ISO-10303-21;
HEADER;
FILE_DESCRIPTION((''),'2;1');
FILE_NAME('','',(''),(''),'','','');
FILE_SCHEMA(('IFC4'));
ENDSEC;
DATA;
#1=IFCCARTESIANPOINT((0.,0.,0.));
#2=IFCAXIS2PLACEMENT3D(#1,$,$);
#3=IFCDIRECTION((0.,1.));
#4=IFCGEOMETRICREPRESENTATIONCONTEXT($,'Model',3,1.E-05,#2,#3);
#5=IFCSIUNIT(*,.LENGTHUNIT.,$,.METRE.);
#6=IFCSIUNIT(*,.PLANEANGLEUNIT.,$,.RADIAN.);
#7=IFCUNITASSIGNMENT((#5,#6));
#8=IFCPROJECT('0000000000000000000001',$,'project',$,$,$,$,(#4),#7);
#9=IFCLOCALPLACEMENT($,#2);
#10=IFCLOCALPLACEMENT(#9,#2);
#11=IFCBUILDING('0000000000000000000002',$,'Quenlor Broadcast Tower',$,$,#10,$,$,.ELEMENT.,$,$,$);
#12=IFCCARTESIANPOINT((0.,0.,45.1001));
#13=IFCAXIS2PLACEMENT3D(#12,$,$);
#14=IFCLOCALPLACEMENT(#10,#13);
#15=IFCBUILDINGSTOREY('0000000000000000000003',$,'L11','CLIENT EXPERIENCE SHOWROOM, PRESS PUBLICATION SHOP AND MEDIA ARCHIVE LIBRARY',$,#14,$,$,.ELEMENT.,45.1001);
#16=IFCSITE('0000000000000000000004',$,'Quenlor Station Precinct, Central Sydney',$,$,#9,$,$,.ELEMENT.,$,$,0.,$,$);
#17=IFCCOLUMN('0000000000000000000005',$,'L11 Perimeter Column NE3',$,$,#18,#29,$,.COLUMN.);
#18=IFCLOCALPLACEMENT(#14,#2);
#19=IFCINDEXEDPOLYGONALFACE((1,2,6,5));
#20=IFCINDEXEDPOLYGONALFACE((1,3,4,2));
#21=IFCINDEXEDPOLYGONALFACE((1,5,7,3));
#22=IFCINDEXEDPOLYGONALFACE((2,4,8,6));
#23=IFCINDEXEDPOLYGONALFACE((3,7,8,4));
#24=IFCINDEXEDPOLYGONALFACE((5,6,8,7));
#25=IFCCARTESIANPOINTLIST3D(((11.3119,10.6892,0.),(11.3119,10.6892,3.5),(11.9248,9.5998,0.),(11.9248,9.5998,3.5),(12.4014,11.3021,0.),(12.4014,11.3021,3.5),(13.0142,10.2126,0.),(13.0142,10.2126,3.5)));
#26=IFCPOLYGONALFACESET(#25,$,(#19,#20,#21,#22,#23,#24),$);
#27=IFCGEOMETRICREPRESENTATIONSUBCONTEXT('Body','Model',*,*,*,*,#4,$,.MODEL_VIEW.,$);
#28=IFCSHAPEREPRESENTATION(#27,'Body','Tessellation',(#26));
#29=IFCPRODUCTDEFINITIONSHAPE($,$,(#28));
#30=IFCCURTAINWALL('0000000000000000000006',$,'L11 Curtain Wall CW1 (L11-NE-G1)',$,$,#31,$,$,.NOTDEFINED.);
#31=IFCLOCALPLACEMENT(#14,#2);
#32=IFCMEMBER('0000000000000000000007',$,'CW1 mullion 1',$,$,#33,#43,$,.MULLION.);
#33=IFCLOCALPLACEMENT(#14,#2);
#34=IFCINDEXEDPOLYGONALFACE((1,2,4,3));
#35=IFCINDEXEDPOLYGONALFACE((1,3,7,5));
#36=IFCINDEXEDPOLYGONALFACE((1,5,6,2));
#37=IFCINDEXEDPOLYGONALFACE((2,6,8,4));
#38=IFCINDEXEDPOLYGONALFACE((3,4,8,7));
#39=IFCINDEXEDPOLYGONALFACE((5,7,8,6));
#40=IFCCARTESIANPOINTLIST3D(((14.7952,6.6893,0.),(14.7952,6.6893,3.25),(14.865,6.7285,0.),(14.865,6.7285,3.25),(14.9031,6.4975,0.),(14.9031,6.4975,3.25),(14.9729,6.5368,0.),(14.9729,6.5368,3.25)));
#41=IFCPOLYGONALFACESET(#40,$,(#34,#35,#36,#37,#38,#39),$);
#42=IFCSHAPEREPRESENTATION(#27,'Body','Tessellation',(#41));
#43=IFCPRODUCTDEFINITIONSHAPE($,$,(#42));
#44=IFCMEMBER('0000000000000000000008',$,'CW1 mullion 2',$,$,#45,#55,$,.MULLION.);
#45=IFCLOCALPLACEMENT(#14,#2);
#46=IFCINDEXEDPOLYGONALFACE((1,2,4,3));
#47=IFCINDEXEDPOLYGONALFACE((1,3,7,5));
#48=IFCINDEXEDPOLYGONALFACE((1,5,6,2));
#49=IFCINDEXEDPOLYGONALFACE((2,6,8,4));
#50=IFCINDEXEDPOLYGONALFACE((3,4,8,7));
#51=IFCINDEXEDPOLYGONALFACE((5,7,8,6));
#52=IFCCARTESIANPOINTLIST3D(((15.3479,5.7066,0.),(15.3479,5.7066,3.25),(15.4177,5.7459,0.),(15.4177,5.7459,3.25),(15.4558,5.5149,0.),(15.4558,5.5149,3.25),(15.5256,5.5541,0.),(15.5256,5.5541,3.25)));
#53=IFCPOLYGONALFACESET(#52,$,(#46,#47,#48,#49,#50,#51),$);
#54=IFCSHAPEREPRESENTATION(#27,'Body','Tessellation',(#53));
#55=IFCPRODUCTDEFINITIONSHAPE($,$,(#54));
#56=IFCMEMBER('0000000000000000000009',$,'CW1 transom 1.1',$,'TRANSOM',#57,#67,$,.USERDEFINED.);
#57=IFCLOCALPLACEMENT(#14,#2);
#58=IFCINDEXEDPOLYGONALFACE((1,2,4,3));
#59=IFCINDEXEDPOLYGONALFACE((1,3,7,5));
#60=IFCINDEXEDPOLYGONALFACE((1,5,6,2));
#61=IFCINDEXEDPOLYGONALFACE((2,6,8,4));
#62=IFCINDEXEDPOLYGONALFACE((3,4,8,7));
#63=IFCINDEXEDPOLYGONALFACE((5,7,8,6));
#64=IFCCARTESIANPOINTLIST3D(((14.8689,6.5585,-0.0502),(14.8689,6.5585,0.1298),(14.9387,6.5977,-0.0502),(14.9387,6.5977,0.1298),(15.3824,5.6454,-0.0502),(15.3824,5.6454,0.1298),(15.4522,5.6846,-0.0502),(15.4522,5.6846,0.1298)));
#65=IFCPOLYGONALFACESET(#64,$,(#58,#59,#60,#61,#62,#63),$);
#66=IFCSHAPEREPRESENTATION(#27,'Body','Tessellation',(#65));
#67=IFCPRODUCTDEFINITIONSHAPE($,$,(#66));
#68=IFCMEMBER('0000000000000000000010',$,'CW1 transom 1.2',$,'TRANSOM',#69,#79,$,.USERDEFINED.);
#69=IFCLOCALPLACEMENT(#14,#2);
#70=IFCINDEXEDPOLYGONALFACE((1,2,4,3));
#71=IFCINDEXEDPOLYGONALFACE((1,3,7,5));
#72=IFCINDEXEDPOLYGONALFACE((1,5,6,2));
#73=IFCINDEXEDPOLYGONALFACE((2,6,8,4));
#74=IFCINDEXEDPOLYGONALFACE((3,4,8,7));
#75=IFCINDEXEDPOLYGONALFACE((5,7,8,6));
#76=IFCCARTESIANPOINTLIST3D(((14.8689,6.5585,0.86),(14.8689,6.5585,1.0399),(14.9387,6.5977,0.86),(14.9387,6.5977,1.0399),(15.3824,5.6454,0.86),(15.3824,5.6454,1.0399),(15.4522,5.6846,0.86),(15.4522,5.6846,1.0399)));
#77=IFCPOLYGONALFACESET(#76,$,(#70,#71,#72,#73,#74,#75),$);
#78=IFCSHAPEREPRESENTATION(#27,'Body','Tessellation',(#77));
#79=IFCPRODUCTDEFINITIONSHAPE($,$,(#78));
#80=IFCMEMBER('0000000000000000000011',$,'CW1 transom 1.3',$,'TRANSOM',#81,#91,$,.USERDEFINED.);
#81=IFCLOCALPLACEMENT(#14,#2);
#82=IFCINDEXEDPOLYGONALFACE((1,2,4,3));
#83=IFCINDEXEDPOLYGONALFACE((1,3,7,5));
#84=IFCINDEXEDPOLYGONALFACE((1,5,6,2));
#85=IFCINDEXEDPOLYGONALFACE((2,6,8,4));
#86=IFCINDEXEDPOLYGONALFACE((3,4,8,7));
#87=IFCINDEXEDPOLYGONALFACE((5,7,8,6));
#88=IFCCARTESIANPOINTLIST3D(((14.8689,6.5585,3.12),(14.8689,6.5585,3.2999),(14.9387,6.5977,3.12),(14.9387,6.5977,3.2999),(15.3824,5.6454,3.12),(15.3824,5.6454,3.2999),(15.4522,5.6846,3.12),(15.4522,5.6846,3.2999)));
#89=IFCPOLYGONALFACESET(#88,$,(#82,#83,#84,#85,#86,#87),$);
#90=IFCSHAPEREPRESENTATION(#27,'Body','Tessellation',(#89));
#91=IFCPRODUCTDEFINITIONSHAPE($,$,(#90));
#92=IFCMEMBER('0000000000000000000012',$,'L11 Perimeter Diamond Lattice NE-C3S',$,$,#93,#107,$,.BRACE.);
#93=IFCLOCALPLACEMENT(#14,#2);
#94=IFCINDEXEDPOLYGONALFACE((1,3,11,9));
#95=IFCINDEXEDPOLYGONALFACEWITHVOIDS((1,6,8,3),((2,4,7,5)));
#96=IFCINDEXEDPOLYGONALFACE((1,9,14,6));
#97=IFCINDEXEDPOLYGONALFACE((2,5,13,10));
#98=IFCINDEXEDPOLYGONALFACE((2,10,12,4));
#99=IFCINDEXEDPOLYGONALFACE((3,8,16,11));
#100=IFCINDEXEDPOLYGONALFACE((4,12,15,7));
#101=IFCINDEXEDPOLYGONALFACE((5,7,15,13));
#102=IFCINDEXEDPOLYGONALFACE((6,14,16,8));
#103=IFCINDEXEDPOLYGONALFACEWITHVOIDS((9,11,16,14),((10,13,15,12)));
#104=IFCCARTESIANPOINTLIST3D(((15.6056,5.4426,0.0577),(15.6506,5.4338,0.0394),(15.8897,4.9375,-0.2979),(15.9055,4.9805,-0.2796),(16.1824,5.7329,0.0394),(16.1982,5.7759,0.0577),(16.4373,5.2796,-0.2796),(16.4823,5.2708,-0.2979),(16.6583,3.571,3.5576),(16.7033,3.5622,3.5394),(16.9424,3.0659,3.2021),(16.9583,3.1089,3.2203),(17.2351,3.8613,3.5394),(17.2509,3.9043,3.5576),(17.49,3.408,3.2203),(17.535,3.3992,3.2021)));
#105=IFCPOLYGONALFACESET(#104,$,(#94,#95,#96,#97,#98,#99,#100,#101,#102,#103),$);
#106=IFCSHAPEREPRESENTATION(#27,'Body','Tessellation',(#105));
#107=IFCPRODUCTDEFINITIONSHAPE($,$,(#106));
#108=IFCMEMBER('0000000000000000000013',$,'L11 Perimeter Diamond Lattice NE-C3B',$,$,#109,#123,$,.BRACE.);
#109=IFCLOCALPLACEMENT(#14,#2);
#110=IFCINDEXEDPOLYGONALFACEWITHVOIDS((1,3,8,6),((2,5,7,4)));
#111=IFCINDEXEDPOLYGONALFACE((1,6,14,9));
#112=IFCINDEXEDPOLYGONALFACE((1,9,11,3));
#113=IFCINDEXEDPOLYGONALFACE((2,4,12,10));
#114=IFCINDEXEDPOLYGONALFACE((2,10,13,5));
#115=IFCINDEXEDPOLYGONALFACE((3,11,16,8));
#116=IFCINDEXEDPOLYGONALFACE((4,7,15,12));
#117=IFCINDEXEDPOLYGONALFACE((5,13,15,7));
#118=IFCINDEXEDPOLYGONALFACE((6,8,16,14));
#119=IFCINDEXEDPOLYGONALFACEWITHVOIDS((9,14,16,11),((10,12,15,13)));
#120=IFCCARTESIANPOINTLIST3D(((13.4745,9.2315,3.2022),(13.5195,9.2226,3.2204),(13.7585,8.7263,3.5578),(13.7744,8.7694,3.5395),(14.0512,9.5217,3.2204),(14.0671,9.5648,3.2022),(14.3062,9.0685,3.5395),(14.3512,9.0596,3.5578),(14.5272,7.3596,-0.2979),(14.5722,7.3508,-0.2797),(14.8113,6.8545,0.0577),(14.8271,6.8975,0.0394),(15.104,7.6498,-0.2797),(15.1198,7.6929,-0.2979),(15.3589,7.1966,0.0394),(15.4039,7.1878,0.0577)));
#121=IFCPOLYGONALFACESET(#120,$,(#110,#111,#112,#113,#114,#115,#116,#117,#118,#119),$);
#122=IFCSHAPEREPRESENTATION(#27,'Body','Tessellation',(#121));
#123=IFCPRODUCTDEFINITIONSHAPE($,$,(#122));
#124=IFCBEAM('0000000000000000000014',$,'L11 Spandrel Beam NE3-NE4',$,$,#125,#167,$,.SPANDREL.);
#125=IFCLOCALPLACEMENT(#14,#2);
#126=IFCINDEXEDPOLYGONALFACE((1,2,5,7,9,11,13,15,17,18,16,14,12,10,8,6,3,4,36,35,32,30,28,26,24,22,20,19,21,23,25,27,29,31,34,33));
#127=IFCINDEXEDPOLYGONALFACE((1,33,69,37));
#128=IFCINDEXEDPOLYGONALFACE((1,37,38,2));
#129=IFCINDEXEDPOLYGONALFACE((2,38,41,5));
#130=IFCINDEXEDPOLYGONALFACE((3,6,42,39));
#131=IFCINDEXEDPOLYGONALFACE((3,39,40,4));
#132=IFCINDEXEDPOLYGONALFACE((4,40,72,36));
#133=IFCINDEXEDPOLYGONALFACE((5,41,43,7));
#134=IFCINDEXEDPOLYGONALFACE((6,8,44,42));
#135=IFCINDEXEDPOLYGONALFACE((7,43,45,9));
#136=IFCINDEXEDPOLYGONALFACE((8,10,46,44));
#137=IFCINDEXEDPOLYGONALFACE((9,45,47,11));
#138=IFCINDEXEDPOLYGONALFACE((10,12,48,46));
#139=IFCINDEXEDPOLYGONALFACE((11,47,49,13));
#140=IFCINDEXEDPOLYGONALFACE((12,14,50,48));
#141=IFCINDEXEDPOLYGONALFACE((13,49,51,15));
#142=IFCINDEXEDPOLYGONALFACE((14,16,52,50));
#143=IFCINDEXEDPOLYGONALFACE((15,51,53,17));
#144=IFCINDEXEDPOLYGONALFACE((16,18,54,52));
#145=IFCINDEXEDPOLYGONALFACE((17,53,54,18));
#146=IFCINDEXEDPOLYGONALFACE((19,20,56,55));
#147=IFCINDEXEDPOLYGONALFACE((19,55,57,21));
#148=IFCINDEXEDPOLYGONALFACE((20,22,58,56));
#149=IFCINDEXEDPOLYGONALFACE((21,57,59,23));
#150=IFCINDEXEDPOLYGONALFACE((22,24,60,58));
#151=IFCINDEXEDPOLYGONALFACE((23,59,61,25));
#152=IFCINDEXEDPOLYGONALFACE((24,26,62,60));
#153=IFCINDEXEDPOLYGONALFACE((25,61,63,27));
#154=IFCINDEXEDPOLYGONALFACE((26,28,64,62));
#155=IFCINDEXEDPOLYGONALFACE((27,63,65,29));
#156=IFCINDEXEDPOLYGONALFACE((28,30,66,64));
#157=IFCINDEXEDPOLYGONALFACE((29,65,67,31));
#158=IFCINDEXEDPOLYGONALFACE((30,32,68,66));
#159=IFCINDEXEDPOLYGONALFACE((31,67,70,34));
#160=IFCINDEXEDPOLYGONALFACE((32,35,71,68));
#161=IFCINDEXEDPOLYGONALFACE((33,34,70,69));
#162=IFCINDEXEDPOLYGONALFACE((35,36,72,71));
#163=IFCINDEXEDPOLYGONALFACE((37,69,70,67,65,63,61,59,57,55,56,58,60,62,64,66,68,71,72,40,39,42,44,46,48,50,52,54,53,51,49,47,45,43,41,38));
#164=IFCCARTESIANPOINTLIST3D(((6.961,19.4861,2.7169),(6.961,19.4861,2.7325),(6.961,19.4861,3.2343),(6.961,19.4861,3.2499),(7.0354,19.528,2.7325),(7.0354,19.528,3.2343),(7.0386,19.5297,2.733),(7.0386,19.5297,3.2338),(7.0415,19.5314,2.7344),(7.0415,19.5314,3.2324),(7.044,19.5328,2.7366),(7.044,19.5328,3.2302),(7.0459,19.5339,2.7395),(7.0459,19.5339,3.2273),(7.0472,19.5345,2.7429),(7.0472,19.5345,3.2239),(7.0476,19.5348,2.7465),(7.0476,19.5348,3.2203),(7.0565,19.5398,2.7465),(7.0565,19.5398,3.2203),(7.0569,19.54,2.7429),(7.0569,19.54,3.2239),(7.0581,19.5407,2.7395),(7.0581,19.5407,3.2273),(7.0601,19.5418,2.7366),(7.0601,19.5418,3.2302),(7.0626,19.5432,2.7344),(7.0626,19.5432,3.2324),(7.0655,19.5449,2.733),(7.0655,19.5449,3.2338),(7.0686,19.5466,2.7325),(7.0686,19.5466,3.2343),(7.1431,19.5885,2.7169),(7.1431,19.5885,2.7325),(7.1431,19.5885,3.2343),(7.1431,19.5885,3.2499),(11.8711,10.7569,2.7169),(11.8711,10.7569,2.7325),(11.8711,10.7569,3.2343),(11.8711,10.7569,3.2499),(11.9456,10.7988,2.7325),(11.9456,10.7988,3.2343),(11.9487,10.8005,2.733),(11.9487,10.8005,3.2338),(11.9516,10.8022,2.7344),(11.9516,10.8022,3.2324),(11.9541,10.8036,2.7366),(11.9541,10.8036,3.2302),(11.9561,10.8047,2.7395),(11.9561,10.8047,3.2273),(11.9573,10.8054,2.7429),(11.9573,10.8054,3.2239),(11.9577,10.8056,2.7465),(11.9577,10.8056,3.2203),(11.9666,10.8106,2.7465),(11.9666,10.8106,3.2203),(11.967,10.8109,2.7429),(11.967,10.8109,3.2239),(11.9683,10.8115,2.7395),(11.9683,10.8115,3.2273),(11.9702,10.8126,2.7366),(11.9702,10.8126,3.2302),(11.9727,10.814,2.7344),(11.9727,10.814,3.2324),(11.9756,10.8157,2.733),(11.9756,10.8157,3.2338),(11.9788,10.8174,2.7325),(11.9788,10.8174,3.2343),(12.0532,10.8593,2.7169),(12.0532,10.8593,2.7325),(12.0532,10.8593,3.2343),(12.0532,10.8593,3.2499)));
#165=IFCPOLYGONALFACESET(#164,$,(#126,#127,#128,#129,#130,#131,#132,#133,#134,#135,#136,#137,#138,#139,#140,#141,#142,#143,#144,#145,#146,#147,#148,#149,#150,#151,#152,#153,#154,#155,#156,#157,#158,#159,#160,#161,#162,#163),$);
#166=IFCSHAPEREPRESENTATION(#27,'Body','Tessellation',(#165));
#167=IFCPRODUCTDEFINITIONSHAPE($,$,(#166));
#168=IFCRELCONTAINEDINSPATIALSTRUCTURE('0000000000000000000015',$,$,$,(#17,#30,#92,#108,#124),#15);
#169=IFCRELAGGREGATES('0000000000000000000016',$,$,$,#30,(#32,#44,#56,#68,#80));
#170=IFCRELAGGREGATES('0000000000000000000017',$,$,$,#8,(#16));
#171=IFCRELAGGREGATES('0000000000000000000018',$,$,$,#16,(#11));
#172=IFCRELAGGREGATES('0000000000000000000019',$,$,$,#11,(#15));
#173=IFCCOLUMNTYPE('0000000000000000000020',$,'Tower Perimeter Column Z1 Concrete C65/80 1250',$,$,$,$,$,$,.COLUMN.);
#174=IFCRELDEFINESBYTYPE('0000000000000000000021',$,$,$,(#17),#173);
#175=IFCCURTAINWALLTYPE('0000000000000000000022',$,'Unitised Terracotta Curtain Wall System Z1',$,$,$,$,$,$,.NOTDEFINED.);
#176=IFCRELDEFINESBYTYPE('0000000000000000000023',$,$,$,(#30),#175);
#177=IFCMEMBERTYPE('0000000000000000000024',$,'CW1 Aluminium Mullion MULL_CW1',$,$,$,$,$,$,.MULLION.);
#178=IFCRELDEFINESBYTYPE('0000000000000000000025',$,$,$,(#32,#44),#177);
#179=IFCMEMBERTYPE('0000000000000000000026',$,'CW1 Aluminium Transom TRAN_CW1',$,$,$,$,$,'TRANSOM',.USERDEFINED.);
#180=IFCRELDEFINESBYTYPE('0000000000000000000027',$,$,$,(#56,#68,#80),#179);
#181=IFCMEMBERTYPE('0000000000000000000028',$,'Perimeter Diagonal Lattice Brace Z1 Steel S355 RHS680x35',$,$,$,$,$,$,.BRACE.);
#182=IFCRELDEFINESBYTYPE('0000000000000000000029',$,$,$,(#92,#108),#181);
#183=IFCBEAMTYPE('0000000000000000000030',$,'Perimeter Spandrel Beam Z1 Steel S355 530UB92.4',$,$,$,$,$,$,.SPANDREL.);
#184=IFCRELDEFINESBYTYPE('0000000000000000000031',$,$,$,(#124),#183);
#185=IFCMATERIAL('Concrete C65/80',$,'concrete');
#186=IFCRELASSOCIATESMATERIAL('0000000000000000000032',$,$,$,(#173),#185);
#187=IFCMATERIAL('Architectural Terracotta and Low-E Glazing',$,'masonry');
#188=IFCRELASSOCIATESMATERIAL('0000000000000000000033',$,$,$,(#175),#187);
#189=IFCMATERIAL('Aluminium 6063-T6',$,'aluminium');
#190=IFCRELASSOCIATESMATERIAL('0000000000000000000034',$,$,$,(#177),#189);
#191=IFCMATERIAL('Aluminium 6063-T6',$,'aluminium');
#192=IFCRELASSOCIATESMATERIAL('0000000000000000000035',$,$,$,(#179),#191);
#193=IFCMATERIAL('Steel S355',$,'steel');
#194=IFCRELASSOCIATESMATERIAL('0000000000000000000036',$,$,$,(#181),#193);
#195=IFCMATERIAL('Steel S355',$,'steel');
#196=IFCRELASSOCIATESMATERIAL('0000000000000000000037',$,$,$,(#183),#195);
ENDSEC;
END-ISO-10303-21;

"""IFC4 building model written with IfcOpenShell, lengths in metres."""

from ifc_helpers import new_model, si_unit, direction, frame, origin, origin_2d, place, context, subcontext, project, spatial, rectangle, hollow_rectangle, i_section, extrude, material, material_profile, profile_set, type_object, element, aggregate, save


model = new_model("IFC4")

# Units and contexts
model_context = context("Model", 3, precision=1e-05, world=origin(), true_north=direction((0.0, 1.0)))
body_context = subcontext(model_context, "Body", "Model", "MODEL_VIEW")
ifc_project = project(units=[si_unit("LENGTHUNIT", "METRE"), si_unit("PLANEANGLEUNIT", "RADIAN")], contexts=[model_context])

# Site, building, storey
site_placement = place(None, origin())
site = spatial("IfcSite", under=ifc_project, at=site_placement, Name="Quenlor Station Precinct, Central Sydney", CompositionType="ELEMENT", RefElevation=0.0)
building_placement = place(site_placement, origin())
building = spatial("IfcBuilding", under=site, at=building_placement, Name="Quenlor Broadcast Tower", CompositionType="ELEMENT")
storey_placement = place(building_placement, frame((0.0, 0.0, 45.1001)))
storey = spatial("IfcBuildingStorey", under=building, at=storey_placement, Name="L11", Description="CLIENT EXPERIENCE SHOWROOM, PRESS PUBLICATION SHOP AND MEDIA ARCHIVE LIBRARY", CompositionType="ELEMENT", Elevation=45.1001)

# Column
ifc_material_1 = material(Name="Concrete C65/80", Category="concrete")
ifc_material_profile_1 = material_profile(ifc_material_1, rectangle(XDim=1.25, YDim=1.25, at=origin_2d()))
ifc_profile_set_1 = profile_set([ifc_material_profile_1], Name="Concrete C65/80 RC1250x1250")
column_type = type_object("IfcColumnType", Name="Tower Perimeter Column Z1 Concrete C65/80 1250", PredefinedType="COLUMN", material=ifc_profile_set_1)
column_placement = place(storey_placement, frame((12.1631, 10.4509, 0.0), z_axis=(0.0, 0.0, 1.0), x_axis=(0.871575, 0.490262, 0.0)))
element("IfcColumn", 1, at=column_placement, inside=storey, type_object=column_type, Name="L11 Perimeter Column NE3", PredefinedType="COLUMN", context=body_context, shape_type="SweptSolid", body=[
    extrude(rectangle(XDim=1.25, YDim=1.25, at=origin_2d()), origin(), (0.0, 0.0, 1.0), 3.5),
])

# Curtain wall, members
ifc_material_2 = material(Name="Architectural Terracotta and Low-E Glazing", Category="masonry")
curtain_wall_type = type_object("IfcCurtainWallType", Name="Unitised Terracotta Curtain Wall System Z1", PredefinedType="NOTDEFINED", material=ifc_material_2)
curtain_wall_placement = place(storey_placement, origin())
curtain_wall = element("IfcCurtainWall", 2, at=curtain_wall_placement, inside=storey, type_object=curtain_wall_type, Name="L11 Curtain Wall CW1 (L11-NE-G1)", PredefinedType="NOTDEFINED")
ifc_material_3 = material(Name="Aluminium 6063-T6", Category="aluminium")
ifc_material_profile_2 = material_profile(ifc_material_3, rectangle(XDim=0.0801, YDim=0.22, at=origin_2d()))
ifc_profile_set_2 = profile_set([ifc_material_profile_2], Name="Aluminium 6063-T6 MULL80x220")
member_type_1 = type_object("IfcMemberType", Name="CW1 Aluminium Mullion MULL_CW1", PredefinedType="MULLION", material=ifc_profile_set_2)
member_1_placement = place(storey_placement, frame((14.884, 6.613, 0.0), z_axis=(0.0, 0.0, 1.0), x_axis=(0.871567, 0.490277, 0.0)))
member_1 = element("IfcMember", 3, at=member_1_placement, type_object=member_type_1, Name="CW1 mullion 1", PredefinedType="MULLION", context=body_context, shape_type="SweptSolid", body=[
    extrude(rectangle(XDim=0.0801, YDim=0.22, at=origin_2d()), origin(), (0.0, 0.0, 1.0), 3.25),
])
member_2_placement = place(storey_placement, frame((15.4368, 5.6304, 0.0), z_axis=(0.0, 0.0, 1.0), x_axis=(0.871567, 0.490277, 0.0)))
member_2 = element("IfcMember", 4, at=member_2_placement, type_object=member_type_1, Name="CW1 mullion 2", PredefinedType="MULLION", context=body_context, shape_type="SweptSolid", body=[
    extrude(rectangle(XDim=0.0801, YDim=0.22, at=origin_2d()), origin(), (0.0, 0.0, 1.0), 3.25),
])
ifc_material_4 = material(Name="Aluminium 6063-T6", Category="aluminium")
ifc_material_profile_3 = material_profile(ifc_material_4, rectangle(XDim=0.0801, YDim=0.1799, at=origin_2d()))
ifc_profile_set_3 = profile_set([ifc_material_profile_3], Name="Aluminium 6063-T6 TRAN80x180")
member_type_2 = type_object("IfcMemberType", Name="CW1 Aluminium Transom TRAN_CW1", ElementType="TRANSOM", PredefinedType="USERDEFINED", material=ifc_profile_set_3)
member_3_placement = place(storey_placement, frame((14.9038, 6.5781, 0.0398), z_axis=(0.490128, -0.87165, 0.0), x_axis=(0.87165, 0.490128, 0.0)))
member_3 = element("IfcMember", 5, at=member_3_placement, type_object=member_type_2, Name="CW1 transom 1.1", ObjectType="TRANSOM", PredefinedType="USERDEFINED", context=body_context, shape_type="SweptSolid", body=[
    extrude(rectangle(XDim=0.0801, YDim=0.1799, at=origin_2d()), origin(), (0.0, 0.0, 1.0), 1.0476),
])
member_4_placement = place(storey_placement, frame((14.9038, 6.5781, 0.95), z_axis=(0.490128, -0.87165, 0.0), x_axis=(0.87165, 0.490128, 0.0)))
member_4 = element("IfcMember", 6, at=member_4_placement, type_object=member_type_2, Name="CW1 transom 1.2", ObjectType="TRANSOM", PredefinedType="USERDEFINED", context=body_context, shape_type="SweptSolid", body=[
    extrude(rectangle(XDim=0.0801, YDim=0.1799, at=origin_2d()), origin(), (0.0, 0.0, 1.0), 1.0476),
])
member_5_placement = place(storey_placement, frame((14.9038, 6.5781, 3.21), z_axis=(0.490128, -0.87165, 0.0), x_axis=(0.87165, 0.490128, 0.0)))
member_5 = element("IfcMember", 7, at=member_5_placement, type_object=member_type_2, Name="CW1 transom 1.3", ObjectType="TRANSOM", PredefinedType="USERDEFINED", context=body_context, shape_type="SweptSolid", body=[
    extrude(rectangle(XDim=0.0801, YDim=0.1799, at=origin_2d()), origin(), (0.0, 0.0, 1.0), 1.0476),
])

# Members
ifc_material_5 = material(Name="Steel S355", Category="steel")
ifc_material_profile_4 = material_profile(ifc_material_5, hollow_rectangle(XDim=0.6799, YDim=0.6799, WallThickness=0.0349, at=origin_2d()))
ifc_profile_set_4 = profile_set([ifc_material_profile_4], Name="Steel S355 RHS680x680x35")
member_type_3 = type_object("IfcMemberType", Name="Perimeter Diagonal Lattice Brace Z1 Steel S355 RHS680x35", PredefinedType="BRACE", material=ifc_profile_set_4)
member_6_placement = place(storey_placement, frame((16.0439, 5.3567, -0.1201), z_axis=(0.256375, -0.455792, 0.852365), x_axis=(0.871582, 0.49025, 0.0)))
element("IfcMember", 8, at=member_6_placement, inside=storey, type_object=member_type_3, Name="L11 Perimeter Diamond Lattice NE-C3S", PredefinedType="BRACE", context=body_context, shape_type="SweptSolid", body=[
    extrude(hollow_rectangle(XDim=0.6799, YDim=0.6799, WallThickness=0.0349, at=origin_2d()), origin(), (0.0, 0.0, 1.0), 4.1062),
])
member_7_placement = place(storey_placement, frame((14.9656, 7.2737, -0.1201), z_axis=(-0.256368, 0.455839, 0.852342), x_axis=(-0.871609, -0.490202, 0.0)))
element("IfcMember", 9, at=member_7_placement, inside=storey, type_object=member_type_3, Name="L11 Perimeter Diamond Lattice NE-C3B", PredefinedType="BRACE", context=body_context, shape_type="SweptSolid", body=[
    extrude(hollow_rectangle(XDim=0.6799, YDim=0.6799, WallThickness=0.0349, at=origin_2d()), origin(), (0.0, 0.0, 1.0), 4.1064),
])

# Beam
ifc_material_6 = material(Name="Steel S355", Category="steel")
ifc_material_profile_5 = material_profile(ifc_material_6, i_section(OverallWidth=0.209, OverallDepth=0.533, WebThickness=0.0103, FlangeThickness=0.0156, FilletRadius=0.0139, at=origin_2d()))
ifc_profile_set_5 = profile_set([ifc_material_profile_5], Name="Steel S355 530UB92.4")
beam_type_1 = type_object("IfcBeamType", Name="Perimeter Spandrel Beam Z1 Steel S355 530UB92.4", PredefinedType="SPANDREL", material=ifc_profile_set_5)
beam_1_placement = place(storey_placement, frame((11.9622, 10.8081, 2.9834), z_axis=(-0.490258, 0.871577, 0.0), x_axis=(-0.871577, -0.490258, 0.0)))
element("IfcBeam", 10, at=beam_1_placement, inside=storey, type_object=beam_type_1, Name="L11 Spandrel Beam NE3-NE4", PredefinedType="SPANDREL", context=body_context, shape_type="SweptSolid", body=[
    extrude(i_section(OverallWidth=0.209, OverallDepth=0.533, WebThickness=0.0103, FlangeThickness=0.0156, FilletRadius=0.0139, at=origin_2d()), origin(), (0.0, 0.0, 1.0), 10.0154),
])

aggregate(curtain_wall, [member_1, member_2, member_3, member_4, member_5])

save(model, "model.ifc")
